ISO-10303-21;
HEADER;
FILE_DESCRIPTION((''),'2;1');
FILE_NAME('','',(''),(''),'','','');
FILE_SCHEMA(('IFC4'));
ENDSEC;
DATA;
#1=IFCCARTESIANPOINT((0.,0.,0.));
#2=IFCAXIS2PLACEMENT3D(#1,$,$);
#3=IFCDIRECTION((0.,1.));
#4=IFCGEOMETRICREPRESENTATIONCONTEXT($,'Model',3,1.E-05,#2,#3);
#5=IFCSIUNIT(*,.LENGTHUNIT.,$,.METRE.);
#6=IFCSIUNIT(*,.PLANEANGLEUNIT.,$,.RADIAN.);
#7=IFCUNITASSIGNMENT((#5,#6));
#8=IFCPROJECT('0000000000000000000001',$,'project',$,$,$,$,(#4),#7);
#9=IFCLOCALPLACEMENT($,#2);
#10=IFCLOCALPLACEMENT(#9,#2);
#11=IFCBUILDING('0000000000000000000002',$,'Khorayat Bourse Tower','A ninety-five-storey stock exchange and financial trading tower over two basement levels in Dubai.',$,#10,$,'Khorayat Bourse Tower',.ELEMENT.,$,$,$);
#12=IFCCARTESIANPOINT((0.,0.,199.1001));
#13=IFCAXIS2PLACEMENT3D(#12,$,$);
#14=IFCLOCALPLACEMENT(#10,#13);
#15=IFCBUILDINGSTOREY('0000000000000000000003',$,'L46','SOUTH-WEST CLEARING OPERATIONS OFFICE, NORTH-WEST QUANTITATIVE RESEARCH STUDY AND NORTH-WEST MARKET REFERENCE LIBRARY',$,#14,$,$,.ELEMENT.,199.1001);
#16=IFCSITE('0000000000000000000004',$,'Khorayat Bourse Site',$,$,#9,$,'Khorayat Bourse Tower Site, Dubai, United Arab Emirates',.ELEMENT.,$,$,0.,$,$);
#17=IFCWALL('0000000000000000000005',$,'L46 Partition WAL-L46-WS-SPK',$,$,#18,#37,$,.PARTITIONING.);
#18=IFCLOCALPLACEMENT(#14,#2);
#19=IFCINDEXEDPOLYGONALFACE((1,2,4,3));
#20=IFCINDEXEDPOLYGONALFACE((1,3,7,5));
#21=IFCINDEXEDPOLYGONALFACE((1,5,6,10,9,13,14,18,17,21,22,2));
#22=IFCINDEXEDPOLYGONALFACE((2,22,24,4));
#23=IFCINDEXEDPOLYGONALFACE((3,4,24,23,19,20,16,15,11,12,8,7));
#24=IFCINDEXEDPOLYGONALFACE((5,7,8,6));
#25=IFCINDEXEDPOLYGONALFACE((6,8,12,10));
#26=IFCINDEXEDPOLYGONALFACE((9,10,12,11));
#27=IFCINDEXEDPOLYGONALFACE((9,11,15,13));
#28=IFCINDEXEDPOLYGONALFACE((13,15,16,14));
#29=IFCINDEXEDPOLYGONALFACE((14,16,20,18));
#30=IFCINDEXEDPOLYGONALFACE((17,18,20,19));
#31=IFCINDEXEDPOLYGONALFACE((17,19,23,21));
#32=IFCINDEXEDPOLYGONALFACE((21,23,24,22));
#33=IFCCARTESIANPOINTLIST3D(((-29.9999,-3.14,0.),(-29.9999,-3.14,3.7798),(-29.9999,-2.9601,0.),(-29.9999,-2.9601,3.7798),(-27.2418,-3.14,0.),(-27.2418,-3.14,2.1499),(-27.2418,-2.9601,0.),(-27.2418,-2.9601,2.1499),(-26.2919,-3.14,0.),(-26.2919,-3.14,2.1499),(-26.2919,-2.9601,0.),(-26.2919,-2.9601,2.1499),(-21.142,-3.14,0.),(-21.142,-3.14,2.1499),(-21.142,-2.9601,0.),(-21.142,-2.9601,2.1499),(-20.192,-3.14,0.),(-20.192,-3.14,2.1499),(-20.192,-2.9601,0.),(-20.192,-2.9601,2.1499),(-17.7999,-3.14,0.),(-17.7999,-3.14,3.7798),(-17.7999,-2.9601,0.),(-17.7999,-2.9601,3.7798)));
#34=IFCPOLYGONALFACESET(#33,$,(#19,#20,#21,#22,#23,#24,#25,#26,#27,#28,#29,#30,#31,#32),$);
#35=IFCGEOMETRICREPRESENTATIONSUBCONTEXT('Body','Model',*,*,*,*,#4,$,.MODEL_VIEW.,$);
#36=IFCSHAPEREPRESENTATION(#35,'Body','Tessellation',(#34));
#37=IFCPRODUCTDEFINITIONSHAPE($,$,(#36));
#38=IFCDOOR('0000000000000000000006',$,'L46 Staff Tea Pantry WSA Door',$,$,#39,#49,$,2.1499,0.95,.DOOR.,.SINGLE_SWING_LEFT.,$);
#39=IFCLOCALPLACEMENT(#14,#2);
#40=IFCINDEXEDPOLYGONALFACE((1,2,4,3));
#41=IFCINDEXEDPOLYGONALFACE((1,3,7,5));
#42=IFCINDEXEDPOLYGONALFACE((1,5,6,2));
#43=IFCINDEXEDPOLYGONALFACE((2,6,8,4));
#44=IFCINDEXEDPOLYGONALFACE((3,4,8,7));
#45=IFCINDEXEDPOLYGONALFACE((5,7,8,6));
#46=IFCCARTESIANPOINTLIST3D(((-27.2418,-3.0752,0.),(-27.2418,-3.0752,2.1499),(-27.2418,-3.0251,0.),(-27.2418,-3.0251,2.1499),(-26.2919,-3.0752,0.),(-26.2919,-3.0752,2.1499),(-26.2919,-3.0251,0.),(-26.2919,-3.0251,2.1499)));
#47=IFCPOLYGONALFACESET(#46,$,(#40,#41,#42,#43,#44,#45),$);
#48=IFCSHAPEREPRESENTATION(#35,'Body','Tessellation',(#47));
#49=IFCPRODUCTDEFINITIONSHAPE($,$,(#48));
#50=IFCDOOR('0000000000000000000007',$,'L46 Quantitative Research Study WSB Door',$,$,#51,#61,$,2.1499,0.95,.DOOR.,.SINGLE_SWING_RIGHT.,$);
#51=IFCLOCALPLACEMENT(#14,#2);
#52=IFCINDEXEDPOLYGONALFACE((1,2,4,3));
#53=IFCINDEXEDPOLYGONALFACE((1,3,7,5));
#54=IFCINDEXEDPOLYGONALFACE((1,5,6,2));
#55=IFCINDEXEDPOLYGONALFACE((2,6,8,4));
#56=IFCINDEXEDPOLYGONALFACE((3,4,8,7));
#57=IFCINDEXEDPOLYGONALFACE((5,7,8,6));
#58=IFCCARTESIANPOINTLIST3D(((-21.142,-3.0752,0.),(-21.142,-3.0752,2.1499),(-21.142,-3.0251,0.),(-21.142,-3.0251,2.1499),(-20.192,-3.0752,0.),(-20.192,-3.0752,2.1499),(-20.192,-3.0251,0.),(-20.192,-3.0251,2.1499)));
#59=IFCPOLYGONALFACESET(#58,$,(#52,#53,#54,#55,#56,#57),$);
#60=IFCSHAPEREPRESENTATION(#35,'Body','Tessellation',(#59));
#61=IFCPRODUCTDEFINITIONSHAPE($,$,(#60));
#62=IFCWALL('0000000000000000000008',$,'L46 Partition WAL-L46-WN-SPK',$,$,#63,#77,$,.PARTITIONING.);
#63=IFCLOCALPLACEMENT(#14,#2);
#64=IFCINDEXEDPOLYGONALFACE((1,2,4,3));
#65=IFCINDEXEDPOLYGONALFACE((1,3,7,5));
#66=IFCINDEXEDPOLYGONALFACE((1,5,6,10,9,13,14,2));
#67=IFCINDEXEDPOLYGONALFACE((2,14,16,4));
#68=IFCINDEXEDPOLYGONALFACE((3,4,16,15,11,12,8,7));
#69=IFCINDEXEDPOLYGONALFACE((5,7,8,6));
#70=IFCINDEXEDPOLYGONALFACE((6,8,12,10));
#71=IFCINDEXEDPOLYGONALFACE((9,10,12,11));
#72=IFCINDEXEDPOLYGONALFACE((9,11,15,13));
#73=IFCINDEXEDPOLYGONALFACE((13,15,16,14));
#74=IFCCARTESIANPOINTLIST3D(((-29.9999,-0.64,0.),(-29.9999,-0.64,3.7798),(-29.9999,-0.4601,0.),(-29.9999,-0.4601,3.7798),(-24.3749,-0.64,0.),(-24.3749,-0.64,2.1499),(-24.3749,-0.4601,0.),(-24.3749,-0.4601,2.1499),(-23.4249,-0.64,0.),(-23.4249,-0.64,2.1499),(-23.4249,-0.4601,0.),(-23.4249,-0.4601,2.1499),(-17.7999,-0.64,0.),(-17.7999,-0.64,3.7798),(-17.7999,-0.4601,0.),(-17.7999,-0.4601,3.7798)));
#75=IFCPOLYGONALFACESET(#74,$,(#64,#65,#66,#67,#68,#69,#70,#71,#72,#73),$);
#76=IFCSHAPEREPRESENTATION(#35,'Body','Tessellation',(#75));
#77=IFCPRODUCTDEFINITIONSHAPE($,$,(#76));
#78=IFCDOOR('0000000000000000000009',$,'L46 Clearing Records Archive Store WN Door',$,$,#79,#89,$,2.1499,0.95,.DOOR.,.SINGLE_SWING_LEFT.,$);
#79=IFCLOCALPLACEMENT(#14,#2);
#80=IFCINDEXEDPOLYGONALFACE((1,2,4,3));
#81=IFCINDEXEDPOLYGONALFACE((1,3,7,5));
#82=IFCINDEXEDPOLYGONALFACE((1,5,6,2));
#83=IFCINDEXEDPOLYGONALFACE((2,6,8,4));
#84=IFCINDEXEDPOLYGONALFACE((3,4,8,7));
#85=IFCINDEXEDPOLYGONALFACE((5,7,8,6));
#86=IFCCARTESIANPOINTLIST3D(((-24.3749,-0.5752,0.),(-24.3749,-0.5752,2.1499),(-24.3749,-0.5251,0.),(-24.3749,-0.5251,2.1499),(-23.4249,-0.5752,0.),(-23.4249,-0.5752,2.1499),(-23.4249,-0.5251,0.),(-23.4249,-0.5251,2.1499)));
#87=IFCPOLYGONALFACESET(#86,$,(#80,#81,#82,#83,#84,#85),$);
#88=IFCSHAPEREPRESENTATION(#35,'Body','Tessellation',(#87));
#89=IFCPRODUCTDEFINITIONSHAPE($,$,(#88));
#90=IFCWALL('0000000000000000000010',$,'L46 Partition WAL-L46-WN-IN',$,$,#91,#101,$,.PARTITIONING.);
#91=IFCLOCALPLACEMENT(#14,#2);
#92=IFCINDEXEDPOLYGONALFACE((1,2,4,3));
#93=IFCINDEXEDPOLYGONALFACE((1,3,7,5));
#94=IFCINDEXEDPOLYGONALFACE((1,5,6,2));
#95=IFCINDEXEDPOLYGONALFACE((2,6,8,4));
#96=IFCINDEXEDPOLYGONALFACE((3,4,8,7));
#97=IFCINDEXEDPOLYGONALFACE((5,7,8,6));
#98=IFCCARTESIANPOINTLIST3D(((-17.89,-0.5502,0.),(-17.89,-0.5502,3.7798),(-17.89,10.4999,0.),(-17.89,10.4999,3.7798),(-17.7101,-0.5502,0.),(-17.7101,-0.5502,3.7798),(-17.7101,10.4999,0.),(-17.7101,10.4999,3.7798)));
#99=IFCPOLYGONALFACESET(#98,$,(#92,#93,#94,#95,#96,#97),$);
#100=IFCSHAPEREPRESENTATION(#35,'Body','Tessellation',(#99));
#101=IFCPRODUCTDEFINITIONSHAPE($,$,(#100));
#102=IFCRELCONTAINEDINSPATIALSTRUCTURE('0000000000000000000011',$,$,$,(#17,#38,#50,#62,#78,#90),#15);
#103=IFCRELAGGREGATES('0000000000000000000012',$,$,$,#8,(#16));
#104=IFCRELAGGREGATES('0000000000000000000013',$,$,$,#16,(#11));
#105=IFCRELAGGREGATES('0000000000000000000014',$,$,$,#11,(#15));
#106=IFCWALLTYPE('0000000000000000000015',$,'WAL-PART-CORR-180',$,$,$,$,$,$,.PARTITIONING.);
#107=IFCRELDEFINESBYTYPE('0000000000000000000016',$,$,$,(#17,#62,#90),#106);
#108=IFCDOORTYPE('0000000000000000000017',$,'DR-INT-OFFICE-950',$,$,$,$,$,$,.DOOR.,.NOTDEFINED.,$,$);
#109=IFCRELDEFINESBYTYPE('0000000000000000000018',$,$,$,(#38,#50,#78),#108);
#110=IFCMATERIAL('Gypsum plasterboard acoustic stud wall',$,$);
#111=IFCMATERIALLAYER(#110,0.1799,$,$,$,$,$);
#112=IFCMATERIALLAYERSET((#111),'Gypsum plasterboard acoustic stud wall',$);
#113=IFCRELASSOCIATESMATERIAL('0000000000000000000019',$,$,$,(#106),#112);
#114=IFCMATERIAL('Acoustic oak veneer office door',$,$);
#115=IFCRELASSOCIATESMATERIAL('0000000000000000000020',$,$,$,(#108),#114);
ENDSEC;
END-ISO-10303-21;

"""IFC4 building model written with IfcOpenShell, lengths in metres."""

from ifc_helpers import new_model, si_unit, direction, frame, frame_2d, origin, place, context, subcontext, project, spatial, rectangle, extrude, source, transform, mapped, material, layer, layer_set, type_object, element, fill, save


model = new_model("IFC4")

# Units and contexts
model_context = context("Model", 3, precision=1e-05, world=origin(), true_north=direction((0.0, 1.0)))
body_context = subcontext(model_context, "Body", "Model", "MODEL_VIEW")
ifc_project = project(units=[si_unit("LENGTHUNIT", "METRE"), si_unit("PLANEANGLEUNIT", "RADIAN")], contexts=[model_context])

# Site, building, storey
site_placement = place(None, origin())
site = spatial("IfcSite", under=ifc_project, at=site_placement, Name="Khorayat Bourse Site", LongName="Khorayat Bourse Tower Site, Dubai, United Arab Emirates", CompositionType="ELEMENT", RefElevation=0.0)
building_placement = place(site_placement, origin())
building = spatial("IfcBuilding", under=site, at=building_placement, Name="Khorayat Bourse Tower", Description="A ninety-five-storey stock exchange and financial trading tower over two basement levels in Dubai.", LongName="Khorayat Bourse Tower", CompositionType="ELEMENT")
storey_placement = place(building_placement, frame((0.0, 0.0, 199.1001)))
storey = spatial("IfcBuildingStorey", under=building, at=storey_placement, Name="L46", Description="SOUTH-WEST CLEARING OPERATIONS OFFICE, NORTH-WEST QUANTITATIVE RESEARCH STUDY AND NORTH-WEST MARKET REFERENCE LIBRARY", CompositionType="ELEMENT", Elevation=199.1001)

# Wall, openings, doors
ifc_material_1 = material(Name="Gypsum plasterboard acoustic stud wall")
ifc_layer_1 = layer(ifc_material_1, 0.1799)
ifc_layer_set_1 = layer_set([ifc_layer_1], Name="Gypsum plasterboard acoustic stud wall")
wall_type = type_object("IfcWallType", Name="WAL-PART-CORR-180", PredefinedType="PARTITIONING", material=ifc_layer_set_1)
shared_shape_1 = source(origin(), body_context, "Body", "SweptSolid", [
    extrude(rectangle(XDim=12.2, YDim=0.1799, at=frame_2d((6.1001, 0.0))), origin(), (0.0, 0.0, 1.0), 3.7798),
])
wall_1_placement = place(storey_placement, frame((-30.0, -3.05, 0.0), z_axis=(0.0, 0.0, 1.0), x_axis=(1.0, 0.0, 0.0)))
wall_1 = element("IfcWall", 1, at=wall_1_placement, inside=storey, type_object=wall_type, Name="L46 Partition WAL-L46-WS-SPK", PredefinedType="PARTITIONING", context=body_context, shape_type="MappedRepresentation", body=[
    mapped(shared_shape_1, transform((0.0, 0.0, 0.0), scale=1.0)),
])
shared_shape_2 = source(origin(), body_context, "Body", "SweptSolid", [
    extrude(rectangle(XDim=0.95, YDim=2.1499, at=frame_2d((0.4751, 1.075))), frame((0.0, 0.0999, 0.0), z_axis=(0.0, -1.0, 0.0), x_axis=(1.0, 0.0, 0.0)), (0.0, 0.0, 1.0), 0.2),
])
opening_1_placement = place(wall_1_placement, frame((2.7581, 0.0, 0.0)))
opening_1 = element("IfcOpeningElement", 2, at=opening_1_placement, cuts=wall_1, PredefinedType="OPENING", context=body_context, shape_type="MappedRepresentation", body=[
    mapped(shared_shape_2, transform((0.0, 0.0, 0.0), scale=1.0)),
])
opening_2_placement = place(wall_1_placement, frame((8.8579, 0.0, 0.0)))
opening_2 = element("IfcOpeningElement", 3, at=opening_2_placement, cuts=wall_1, PredefinedType="OPENING", context=body_context, shape_type="MappedRepresentation", body=[
    mapped(shared_shape_2, transform((0.0, 0.0, 0.0), scale=1.0)),
])
ifc_material_2 = material(Name="Acoustic oak veneer office door")
door_type = type_object("IfcDoorType", Name="DR-INT-OFFICE-950", OperationType="NOTDEFINED", PredefinedType="DOOR", material=ifc_material_2)
shared_shape_3 = source(origin(), body_context, "Body", "SweptSolid", [
    extrude(rectangle(XDim=0.95, YDim=2.1499, at=frame_2d((0.4751, 1.075))), frame((0.0, 0.0249, 0.0), z_axis=(0.0, -1.0, 0.0), x_axis=(1.0, 0.0, 0.0)), (0.0, 0.0, 1.0), 0.05),
])
door_1_placement = place(opening_1_placement, origin())
door_1 = element("IfcDoor", 4, at=door_1_placement, inside=storey, type_object=door_type, Name="L46 Staff Tea Pantry WSA Door", OperationType="SINGLE_SWING_LEFT", OverallHeight=2.1499, OverallWidth=0.95, PredefinedType="DOOR", context=body_context, shape_type="MappedRepresentation", body=[
    mapped(shared_shape_3, transform((0.0, 0.0, 0.0), scale=1.0)),
])
fill(opening_1, door_1)
door_2_placement = place(opening_2_placement, origin())
door_2 = element("IfcDoor", 5, at=door_2_placement, inside=storey, type_object=door_type, Name="L46 Quantitative Research Study WSB Door", OperationType="SINGLE_SWING_RIGHT", OverallHeight=2.1499, OverallWidth=0.95, PredefinedType="DOOR", context=body_context, shape_type="MappedRepresentation", body=[
    mapped(shared_shape_3, transform((0.0, 0.0, 0.0), scale=1.0)),
])
fill(opening_2, door_2)

# Wall, opening, door
wall_2_placement = place(storey_placement, frame((-30.0, -0.55, 0.0), z_axis=(0.0, 0.0, 1.0), x_axis=(1.0, 0.0, 0.0)))
wall_2 = element("IfcWall", 6, at=wall_2_placement, inside=storey, type_object=wall_type, Name="L46 Partition WAL-L46-WN-SPK", PredefinedType="PARTITIONING", context=body_context, shape_type="MappedRepresentation", body=[
    mapped(shared_shape_1, transform((0.0, 0.0, 0.0), scale=1.0)),
])
opening_3_placement = place(wall_2_placement, frame((5.625, 0.0, 0.0)))
opening_3 = element("IfcOpeningElement", 7, at=opening_3_placement, cuts=wall_2, PredefinedType="OPENING", context=body_context, shape_type="MappedRepresentation", body=[
    mapped(shared_shape_2, transform((0.0, 0.0, 0.0), scale=1.0)),
])
door_3_placement = place(opening_3_placement, origin())
door_3 = element("IfcDoor", 8, at=door_3_placement, inside=storey, type_object=door_type, Name="L46 Clearing Records Archive Store WN Door", OperationType="SINGLE_SWING_LEFT", OverallHeight=2.1499, OverallWidth=0.95, PredefinedType="DOOR", context=body_context, shape_type="MappedRepresentation", body=[
    mapped(shared_shape_3, transform((0.0, 0.0, 0.0), scale=1.0)),
])
fill(opening_3, door_3)

# Wall
shared_shape_4 = source(origin(), body_context, "Body", "SweptSolid", [
    extrude(rectangle(XDim=11.05, YDim=0.1799, at=frame_2d((5.5249, 0.0))), origin(), (0.0, 0.0, 1.0), 3.7798),
])
wall_3_placement = place(storey_placement, frame((-17.8, -0.55, 0.0), z_axis=(0.0, 0.0, 1.0), x_axis=(0.0, 1.0, 0.0)))
element("IfcWall", 9, at=wall_3_placement, inside=storey, type_object=wall_type, Name="L46 Partition WAL-L46-WN-IN", PredefinedType="PARTITIONING", context=body_context, shape_type="MappedRepresentation", body=[
    mapped(shared_shape_4, transform((0.0, 0.0, 0.0), scale=1.0)),
])

save(model, "model.ifc")
